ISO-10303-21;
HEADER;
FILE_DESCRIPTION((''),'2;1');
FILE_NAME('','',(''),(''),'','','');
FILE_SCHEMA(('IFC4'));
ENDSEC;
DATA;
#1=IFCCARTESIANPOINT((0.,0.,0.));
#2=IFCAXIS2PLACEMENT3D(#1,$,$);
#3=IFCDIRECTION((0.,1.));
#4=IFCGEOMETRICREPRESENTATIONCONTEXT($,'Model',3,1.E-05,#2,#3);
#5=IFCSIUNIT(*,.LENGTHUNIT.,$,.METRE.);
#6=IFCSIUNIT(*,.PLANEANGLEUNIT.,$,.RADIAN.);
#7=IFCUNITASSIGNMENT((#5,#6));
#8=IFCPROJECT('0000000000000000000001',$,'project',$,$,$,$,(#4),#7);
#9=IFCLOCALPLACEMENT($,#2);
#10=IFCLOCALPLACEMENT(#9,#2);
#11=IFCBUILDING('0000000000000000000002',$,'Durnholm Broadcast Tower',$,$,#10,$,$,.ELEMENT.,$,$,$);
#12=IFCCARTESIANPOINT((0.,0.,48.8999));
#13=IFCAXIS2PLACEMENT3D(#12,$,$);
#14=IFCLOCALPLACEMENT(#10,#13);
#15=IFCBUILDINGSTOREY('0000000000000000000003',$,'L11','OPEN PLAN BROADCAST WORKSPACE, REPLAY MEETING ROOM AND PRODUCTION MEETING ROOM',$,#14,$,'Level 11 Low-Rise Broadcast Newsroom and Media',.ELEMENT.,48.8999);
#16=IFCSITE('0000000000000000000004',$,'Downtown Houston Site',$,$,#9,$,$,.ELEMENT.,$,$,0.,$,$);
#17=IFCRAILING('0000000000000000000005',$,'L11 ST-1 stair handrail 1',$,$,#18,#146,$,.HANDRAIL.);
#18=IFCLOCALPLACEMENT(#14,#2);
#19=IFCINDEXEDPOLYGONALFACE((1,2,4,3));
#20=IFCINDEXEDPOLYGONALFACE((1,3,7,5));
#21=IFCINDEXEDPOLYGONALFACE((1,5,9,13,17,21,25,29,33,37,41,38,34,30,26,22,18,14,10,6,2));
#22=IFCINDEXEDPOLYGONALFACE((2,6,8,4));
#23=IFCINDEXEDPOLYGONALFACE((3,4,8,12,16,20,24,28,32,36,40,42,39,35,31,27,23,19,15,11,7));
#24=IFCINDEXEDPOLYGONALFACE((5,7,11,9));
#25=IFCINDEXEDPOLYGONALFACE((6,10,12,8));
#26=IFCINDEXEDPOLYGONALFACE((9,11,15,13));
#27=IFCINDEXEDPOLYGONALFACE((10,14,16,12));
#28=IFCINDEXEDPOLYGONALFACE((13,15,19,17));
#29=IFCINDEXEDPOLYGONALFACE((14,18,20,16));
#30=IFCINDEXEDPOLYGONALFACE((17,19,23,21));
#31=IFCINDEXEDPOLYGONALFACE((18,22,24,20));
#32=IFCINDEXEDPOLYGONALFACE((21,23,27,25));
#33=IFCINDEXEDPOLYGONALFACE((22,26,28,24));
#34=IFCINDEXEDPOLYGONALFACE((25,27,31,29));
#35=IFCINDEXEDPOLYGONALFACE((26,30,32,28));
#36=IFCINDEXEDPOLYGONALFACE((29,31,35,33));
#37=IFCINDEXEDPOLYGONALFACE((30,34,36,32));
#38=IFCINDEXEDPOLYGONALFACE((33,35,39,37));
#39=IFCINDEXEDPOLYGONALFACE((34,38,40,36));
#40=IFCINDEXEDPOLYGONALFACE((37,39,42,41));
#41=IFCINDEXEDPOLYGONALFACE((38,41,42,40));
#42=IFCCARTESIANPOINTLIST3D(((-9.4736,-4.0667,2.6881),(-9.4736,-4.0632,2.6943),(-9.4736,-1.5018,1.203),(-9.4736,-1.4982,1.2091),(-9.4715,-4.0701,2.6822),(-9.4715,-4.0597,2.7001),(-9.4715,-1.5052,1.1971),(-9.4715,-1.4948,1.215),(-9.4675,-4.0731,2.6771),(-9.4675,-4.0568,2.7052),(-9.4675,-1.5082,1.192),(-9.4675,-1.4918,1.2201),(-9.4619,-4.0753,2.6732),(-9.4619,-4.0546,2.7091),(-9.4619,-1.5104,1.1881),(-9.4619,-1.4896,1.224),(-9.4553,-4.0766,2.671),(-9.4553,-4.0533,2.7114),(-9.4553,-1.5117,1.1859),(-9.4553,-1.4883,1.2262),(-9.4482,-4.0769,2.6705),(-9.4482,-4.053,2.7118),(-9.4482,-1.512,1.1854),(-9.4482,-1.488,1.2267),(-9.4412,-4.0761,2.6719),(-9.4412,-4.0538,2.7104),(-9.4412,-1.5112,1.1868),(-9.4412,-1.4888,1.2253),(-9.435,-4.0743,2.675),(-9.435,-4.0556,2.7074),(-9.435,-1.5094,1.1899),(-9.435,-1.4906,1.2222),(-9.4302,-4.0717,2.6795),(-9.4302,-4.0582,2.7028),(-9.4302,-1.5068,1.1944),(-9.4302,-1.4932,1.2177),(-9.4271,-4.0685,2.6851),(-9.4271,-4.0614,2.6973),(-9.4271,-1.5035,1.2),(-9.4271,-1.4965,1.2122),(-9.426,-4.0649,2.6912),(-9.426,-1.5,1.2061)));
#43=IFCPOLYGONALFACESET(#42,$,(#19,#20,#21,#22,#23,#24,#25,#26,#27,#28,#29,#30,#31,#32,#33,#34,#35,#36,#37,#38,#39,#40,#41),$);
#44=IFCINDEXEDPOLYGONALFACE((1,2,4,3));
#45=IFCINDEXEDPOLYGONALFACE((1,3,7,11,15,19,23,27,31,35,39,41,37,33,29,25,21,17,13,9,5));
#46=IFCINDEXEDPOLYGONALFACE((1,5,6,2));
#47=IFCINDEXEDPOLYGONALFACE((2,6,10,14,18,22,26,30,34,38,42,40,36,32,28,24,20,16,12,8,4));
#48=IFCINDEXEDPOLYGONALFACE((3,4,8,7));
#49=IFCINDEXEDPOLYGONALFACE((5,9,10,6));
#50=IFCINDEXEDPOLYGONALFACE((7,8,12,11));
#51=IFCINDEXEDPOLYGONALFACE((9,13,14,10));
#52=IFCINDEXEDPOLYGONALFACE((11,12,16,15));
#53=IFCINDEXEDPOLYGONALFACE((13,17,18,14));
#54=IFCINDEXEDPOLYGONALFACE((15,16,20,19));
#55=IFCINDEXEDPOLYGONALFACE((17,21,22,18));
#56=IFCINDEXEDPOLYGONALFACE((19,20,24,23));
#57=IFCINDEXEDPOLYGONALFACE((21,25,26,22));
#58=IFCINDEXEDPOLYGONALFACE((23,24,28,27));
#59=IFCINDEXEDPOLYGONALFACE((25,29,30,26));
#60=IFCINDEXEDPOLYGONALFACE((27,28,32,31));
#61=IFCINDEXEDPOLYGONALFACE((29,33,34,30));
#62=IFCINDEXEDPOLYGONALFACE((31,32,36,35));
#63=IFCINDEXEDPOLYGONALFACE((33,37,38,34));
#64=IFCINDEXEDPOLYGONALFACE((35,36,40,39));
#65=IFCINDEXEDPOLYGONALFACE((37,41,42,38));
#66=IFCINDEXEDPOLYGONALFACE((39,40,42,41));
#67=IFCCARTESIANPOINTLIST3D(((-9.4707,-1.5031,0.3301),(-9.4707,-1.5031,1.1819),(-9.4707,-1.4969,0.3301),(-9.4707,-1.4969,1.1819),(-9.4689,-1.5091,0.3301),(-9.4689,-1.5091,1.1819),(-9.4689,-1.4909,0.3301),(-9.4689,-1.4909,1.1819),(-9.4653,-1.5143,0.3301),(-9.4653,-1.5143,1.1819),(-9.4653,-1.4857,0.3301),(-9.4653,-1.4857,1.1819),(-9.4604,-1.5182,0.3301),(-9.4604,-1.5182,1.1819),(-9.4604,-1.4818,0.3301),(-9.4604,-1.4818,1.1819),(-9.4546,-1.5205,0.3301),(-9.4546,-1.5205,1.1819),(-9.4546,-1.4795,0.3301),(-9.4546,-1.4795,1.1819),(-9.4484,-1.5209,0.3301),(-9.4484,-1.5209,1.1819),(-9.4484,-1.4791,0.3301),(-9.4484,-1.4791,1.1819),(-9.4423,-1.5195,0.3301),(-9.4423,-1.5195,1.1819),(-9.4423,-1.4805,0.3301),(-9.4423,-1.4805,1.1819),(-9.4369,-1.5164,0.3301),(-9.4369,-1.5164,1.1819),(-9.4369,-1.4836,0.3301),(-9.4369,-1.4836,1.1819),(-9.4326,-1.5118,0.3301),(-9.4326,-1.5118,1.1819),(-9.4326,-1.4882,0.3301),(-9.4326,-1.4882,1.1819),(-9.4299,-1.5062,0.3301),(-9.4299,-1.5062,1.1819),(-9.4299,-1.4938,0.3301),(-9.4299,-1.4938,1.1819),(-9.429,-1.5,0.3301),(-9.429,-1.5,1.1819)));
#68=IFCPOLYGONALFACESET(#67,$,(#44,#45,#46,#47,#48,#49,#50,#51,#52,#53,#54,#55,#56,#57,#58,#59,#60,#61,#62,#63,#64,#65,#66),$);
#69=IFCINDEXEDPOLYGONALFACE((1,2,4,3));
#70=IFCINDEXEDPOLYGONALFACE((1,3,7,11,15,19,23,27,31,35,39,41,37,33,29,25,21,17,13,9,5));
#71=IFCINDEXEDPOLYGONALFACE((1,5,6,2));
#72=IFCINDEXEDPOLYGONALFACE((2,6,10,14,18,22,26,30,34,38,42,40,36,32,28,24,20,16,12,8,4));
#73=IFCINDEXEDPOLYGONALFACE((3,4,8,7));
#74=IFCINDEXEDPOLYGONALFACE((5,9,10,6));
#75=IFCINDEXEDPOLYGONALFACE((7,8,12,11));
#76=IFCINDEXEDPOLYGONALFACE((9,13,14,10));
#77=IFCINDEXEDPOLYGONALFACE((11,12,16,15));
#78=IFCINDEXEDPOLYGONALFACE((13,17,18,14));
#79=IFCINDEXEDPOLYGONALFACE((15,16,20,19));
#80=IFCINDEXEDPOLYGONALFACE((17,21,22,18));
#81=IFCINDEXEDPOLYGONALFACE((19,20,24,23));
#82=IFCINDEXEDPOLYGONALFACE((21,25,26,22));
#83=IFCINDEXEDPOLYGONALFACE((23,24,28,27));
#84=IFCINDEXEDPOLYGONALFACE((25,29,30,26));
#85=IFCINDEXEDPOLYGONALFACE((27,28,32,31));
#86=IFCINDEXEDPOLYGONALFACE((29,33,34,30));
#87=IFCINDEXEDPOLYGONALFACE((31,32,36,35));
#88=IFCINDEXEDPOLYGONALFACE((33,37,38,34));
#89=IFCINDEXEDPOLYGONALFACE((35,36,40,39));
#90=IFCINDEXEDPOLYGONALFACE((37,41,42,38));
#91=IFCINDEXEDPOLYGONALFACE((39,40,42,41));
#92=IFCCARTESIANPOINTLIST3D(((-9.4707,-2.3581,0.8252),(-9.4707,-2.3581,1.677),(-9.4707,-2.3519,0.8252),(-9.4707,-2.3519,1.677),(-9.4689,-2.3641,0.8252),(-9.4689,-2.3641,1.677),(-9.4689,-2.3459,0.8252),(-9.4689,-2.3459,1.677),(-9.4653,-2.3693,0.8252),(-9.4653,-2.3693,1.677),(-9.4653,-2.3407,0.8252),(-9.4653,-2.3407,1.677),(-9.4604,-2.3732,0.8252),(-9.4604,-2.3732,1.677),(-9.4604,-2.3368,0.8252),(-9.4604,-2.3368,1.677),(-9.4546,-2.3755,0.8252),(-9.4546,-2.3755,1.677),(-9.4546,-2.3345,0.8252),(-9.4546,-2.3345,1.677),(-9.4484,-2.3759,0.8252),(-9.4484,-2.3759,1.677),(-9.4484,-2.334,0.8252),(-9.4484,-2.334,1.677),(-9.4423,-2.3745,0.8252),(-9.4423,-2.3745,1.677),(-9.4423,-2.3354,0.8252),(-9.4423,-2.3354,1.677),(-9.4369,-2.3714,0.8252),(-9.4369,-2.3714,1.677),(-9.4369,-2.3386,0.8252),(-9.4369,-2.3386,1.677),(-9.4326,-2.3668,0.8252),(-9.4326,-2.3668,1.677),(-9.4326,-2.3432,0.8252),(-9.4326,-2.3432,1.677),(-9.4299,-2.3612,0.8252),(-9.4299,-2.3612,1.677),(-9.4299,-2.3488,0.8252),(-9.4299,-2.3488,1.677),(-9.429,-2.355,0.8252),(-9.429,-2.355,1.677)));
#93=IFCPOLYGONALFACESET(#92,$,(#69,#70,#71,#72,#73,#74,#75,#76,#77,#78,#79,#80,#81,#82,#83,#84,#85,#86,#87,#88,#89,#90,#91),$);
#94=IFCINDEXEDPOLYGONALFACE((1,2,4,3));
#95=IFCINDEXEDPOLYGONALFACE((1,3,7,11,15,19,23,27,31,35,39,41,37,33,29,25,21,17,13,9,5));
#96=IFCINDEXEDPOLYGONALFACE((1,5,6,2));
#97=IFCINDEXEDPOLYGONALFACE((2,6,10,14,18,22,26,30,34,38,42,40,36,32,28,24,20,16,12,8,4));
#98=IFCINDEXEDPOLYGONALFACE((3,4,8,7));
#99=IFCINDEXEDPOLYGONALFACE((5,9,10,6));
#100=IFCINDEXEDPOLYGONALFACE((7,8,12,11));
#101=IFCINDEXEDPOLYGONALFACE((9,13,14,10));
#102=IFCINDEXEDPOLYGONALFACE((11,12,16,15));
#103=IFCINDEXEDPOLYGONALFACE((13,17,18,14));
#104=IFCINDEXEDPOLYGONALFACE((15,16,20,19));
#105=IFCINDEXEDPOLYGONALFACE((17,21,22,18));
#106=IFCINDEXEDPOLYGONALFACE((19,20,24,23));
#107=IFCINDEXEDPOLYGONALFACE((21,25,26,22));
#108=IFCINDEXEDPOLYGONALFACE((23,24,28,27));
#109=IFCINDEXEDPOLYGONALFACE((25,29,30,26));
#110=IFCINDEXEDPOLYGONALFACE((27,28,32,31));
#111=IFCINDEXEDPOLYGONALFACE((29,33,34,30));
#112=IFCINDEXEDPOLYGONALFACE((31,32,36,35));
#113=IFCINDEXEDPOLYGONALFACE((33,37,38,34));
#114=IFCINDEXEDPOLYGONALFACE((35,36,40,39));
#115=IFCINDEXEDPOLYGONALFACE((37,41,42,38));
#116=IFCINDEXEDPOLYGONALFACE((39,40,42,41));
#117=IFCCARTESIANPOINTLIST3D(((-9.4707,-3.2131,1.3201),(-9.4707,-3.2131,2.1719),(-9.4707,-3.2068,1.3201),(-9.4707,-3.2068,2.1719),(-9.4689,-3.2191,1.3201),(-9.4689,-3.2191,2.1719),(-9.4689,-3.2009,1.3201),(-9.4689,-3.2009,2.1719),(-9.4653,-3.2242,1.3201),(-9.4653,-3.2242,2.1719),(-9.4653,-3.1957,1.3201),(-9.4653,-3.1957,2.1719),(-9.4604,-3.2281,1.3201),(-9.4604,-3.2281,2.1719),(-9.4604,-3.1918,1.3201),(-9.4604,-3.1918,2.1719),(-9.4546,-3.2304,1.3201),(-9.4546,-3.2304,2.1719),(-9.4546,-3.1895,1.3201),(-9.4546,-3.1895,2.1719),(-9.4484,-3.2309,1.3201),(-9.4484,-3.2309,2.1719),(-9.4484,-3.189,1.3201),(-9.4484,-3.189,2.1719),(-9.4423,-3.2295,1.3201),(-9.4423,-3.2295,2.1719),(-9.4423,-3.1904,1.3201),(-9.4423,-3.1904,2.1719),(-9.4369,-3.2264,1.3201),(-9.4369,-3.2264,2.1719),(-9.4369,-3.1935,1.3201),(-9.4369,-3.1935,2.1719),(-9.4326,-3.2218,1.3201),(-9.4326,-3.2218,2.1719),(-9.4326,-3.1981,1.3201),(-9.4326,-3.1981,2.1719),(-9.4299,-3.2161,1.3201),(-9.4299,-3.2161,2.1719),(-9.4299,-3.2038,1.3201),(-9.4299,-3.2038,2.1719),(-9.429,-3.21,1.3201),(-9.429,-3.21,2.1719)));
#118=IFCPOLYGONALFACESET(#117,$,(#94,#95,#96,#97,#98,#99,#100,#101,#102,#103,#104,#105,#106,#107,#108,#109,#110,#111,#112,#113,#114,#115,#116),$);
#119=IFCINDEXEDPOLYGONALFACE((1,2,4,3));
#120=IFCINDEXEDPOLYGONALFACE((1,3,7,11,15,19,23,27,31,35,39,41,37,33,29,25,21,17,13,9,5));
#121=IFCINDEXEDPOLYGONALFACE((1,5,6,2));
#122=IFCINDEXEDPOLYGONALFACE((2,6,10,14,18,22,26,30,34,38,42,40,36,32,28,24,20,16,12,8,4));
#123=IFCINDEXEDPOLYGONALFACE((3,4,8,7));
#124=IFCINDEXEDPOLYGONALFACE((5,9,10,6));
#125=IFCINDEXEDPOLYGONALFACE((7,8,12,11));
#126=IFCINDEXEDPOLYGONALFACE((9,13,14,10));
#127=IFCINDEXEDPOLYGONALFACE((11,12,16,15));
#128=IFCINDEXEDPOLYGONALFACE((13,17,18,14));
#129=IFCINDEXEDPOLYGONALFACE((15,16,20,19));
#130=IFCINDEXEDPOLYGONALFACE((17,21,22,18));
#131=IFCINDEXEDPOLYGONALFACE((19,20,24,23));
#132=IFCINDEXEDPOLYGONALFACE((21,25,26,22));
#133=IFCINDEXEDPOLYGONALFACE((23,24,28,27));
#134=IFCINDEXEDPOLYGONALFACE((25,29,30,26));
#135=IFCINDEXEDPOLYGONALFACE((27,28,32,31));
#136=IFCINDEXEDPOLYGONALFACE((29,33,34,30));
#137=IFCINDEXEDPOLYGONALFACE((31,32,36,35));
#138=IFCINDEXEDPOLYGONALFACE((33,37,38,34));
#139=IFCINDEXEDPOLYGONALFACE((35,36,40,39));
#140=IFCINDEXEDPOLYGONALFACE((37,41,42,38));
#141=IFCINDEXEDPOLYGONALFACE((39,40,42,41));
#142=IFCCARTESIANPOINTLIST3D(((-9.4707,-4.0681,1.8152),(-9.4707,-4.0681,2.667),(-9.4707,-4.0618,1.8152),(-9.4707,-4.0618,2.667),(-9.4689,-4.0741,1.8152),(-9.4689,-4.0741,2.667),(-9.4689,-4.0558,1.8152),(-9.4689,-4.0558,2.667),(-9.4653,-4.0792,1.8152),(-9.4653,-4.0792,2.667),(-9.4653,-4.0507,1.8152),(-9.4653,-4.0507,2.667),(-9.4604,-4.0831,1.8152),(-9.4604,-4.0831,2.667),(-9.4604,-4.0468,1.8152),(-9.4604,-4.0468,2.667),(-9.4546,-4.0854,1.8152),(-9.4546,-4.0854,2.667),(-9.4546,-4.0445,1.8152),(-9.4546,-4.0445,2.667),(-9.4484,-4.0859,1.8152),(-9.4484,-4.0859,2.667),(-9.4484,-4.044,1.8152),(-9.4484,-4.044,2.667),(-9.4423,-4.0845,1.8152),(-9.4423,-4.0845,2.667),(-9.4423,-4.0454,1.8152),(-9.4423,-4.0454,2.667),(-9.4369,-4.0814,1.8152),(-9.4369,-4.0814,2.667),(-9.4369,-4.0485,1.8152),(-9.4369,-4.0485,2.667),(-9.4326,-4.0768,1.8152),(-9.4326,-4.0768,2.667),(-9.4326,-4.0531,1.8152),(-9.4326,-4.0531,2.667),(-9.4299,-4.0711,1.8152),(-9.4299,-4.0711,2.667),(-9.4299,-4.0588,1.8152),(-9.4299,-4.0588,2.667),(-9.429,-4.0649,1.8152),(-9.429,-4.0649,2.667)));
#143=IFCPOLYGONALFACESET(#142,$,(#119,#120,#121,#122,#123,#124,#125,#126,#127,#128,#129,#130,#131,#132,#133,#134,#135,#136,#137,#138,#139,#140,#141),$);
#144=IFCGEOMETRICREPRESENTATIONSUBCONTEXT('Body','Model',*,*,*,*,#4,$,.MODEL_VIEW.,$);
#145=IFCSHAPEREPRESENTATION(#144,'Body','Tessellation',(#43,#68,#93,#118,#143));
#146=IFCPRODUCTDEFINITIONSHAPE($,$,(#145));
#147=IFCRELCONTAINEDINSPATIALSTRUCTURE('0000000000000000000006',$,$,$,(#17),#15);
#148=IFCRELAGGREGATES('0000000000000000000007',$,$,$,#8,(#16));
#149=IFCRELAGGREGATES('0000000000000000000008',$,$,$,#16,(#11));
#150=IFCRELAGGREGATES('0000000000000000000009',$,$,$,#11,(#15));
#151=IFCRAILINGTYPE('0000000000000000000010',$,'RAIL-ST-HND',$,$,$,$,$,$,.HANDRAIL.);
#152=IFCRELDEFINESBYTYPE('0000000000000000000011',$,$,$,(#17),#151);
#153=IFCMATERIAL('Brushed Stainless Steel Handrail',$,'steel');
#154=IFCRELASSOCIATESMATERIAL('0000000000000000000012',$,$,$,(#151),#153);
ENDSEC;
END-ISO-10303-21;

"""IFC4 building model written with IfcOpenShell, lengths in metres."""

from ifc_helpers import new_model, si_unit, direction, frame, origin, origin_2d, place, context, subcontext, project, spatial, circle, extrude, material, type_object, element, save


model = new_model("IFC4")

# Units and contexts
model_context = context("Model", 3, precision=1e-05, world=origin(), true_north=direction((0.0, 1.0)))
body_context = subcontext(model_context, "Body", "Model", "MODEL_VIEW")
ifc_project = project(units=[si_unit("LENGTHUNIT", "METRE"), si_unit("PLANEANGLEUNIT", "RADIAN")], contexts=[model_context])

# Site, building, storey
site_placement = place(None, origin())
site = spatial("IfcSite", under=ifc_project, at=site_placement, Name="Downtown Houston Site", CompositionType="ELEMENT", RefElevation=0.0)
building_placement = place(site_placement, origin())
building = spatial("IfcBuilding", under=site, at=building_placement, Name="Durnholm Broadcast Tower", CompositionType="ELEMENT")
storey_placement = place(building_placement, frame((0.0, 0.0, 48.8999)))
storey = spatial("IfcBuildingStorey", under=building, at=storey_placement, Name="L11", Description="OPEN PLAN BROADCAST WORKSPACE, REPLAY MEETING ROOM AND PRODUCTION MEETING ROOM", LongName="Level 11 Low-Rise Broadcast Newsroom and Media", CompositionType="ELEMENT", Elevation=48.8999)

# Railing
ifc_material_1 = material(Name="Brushed Stainless Steel Handrail", Category="steel")
railing_type_1 = type_object("IfcRailingType", Name="RAIL-ST-HND", PredefinedType="HANDRAIL", material=ifc_material_1)
railing_1_placement = place(storey_placement, frame((-9.45, -1.5, 0.3301)))
element("IfcRailing", 1, at=railing_1_placement, inside=storey, type_object=railing_type_1, Name="L11 ST-1 stair handrail 1", PredefinedType="HANDRAIL", context=body_context, shape_type="SweptSolid", body=[
    extrude(circle(Radius=0.0239, at=origin_2d()), frame((0.0, 0.0, 0.876), z_axis=(0.0, -0.865406, 0.501072), x_axis=(1.0, 0.0, 0.0)), (0.0, 0.0, 1.0), 2.9639),
    extrude(circle(Radius=0.021, at=origin_2d()), origin(), (0.0, 0.0, 1.0), 0.8518),
    extrude(circle(Radius=0.021, at=origin_2d()), frame((0.0, -0.855, 0.4951)), (0.0, 0.0, 1.0), 0.8518),
    extrude(circle(Radius=0.021, at=origin_2d()), frame((0.0, -1.71, 0.99)), (0.0, 0.0, 1.0), 0.8518),
    extrude(circle(Radius=0.021, at=origin_2d()), frame((0.0, -2.5649, 1.4851)), (0.0, 0.0, 1.0), 0.8518),
])

save(model, "model.ifc")
